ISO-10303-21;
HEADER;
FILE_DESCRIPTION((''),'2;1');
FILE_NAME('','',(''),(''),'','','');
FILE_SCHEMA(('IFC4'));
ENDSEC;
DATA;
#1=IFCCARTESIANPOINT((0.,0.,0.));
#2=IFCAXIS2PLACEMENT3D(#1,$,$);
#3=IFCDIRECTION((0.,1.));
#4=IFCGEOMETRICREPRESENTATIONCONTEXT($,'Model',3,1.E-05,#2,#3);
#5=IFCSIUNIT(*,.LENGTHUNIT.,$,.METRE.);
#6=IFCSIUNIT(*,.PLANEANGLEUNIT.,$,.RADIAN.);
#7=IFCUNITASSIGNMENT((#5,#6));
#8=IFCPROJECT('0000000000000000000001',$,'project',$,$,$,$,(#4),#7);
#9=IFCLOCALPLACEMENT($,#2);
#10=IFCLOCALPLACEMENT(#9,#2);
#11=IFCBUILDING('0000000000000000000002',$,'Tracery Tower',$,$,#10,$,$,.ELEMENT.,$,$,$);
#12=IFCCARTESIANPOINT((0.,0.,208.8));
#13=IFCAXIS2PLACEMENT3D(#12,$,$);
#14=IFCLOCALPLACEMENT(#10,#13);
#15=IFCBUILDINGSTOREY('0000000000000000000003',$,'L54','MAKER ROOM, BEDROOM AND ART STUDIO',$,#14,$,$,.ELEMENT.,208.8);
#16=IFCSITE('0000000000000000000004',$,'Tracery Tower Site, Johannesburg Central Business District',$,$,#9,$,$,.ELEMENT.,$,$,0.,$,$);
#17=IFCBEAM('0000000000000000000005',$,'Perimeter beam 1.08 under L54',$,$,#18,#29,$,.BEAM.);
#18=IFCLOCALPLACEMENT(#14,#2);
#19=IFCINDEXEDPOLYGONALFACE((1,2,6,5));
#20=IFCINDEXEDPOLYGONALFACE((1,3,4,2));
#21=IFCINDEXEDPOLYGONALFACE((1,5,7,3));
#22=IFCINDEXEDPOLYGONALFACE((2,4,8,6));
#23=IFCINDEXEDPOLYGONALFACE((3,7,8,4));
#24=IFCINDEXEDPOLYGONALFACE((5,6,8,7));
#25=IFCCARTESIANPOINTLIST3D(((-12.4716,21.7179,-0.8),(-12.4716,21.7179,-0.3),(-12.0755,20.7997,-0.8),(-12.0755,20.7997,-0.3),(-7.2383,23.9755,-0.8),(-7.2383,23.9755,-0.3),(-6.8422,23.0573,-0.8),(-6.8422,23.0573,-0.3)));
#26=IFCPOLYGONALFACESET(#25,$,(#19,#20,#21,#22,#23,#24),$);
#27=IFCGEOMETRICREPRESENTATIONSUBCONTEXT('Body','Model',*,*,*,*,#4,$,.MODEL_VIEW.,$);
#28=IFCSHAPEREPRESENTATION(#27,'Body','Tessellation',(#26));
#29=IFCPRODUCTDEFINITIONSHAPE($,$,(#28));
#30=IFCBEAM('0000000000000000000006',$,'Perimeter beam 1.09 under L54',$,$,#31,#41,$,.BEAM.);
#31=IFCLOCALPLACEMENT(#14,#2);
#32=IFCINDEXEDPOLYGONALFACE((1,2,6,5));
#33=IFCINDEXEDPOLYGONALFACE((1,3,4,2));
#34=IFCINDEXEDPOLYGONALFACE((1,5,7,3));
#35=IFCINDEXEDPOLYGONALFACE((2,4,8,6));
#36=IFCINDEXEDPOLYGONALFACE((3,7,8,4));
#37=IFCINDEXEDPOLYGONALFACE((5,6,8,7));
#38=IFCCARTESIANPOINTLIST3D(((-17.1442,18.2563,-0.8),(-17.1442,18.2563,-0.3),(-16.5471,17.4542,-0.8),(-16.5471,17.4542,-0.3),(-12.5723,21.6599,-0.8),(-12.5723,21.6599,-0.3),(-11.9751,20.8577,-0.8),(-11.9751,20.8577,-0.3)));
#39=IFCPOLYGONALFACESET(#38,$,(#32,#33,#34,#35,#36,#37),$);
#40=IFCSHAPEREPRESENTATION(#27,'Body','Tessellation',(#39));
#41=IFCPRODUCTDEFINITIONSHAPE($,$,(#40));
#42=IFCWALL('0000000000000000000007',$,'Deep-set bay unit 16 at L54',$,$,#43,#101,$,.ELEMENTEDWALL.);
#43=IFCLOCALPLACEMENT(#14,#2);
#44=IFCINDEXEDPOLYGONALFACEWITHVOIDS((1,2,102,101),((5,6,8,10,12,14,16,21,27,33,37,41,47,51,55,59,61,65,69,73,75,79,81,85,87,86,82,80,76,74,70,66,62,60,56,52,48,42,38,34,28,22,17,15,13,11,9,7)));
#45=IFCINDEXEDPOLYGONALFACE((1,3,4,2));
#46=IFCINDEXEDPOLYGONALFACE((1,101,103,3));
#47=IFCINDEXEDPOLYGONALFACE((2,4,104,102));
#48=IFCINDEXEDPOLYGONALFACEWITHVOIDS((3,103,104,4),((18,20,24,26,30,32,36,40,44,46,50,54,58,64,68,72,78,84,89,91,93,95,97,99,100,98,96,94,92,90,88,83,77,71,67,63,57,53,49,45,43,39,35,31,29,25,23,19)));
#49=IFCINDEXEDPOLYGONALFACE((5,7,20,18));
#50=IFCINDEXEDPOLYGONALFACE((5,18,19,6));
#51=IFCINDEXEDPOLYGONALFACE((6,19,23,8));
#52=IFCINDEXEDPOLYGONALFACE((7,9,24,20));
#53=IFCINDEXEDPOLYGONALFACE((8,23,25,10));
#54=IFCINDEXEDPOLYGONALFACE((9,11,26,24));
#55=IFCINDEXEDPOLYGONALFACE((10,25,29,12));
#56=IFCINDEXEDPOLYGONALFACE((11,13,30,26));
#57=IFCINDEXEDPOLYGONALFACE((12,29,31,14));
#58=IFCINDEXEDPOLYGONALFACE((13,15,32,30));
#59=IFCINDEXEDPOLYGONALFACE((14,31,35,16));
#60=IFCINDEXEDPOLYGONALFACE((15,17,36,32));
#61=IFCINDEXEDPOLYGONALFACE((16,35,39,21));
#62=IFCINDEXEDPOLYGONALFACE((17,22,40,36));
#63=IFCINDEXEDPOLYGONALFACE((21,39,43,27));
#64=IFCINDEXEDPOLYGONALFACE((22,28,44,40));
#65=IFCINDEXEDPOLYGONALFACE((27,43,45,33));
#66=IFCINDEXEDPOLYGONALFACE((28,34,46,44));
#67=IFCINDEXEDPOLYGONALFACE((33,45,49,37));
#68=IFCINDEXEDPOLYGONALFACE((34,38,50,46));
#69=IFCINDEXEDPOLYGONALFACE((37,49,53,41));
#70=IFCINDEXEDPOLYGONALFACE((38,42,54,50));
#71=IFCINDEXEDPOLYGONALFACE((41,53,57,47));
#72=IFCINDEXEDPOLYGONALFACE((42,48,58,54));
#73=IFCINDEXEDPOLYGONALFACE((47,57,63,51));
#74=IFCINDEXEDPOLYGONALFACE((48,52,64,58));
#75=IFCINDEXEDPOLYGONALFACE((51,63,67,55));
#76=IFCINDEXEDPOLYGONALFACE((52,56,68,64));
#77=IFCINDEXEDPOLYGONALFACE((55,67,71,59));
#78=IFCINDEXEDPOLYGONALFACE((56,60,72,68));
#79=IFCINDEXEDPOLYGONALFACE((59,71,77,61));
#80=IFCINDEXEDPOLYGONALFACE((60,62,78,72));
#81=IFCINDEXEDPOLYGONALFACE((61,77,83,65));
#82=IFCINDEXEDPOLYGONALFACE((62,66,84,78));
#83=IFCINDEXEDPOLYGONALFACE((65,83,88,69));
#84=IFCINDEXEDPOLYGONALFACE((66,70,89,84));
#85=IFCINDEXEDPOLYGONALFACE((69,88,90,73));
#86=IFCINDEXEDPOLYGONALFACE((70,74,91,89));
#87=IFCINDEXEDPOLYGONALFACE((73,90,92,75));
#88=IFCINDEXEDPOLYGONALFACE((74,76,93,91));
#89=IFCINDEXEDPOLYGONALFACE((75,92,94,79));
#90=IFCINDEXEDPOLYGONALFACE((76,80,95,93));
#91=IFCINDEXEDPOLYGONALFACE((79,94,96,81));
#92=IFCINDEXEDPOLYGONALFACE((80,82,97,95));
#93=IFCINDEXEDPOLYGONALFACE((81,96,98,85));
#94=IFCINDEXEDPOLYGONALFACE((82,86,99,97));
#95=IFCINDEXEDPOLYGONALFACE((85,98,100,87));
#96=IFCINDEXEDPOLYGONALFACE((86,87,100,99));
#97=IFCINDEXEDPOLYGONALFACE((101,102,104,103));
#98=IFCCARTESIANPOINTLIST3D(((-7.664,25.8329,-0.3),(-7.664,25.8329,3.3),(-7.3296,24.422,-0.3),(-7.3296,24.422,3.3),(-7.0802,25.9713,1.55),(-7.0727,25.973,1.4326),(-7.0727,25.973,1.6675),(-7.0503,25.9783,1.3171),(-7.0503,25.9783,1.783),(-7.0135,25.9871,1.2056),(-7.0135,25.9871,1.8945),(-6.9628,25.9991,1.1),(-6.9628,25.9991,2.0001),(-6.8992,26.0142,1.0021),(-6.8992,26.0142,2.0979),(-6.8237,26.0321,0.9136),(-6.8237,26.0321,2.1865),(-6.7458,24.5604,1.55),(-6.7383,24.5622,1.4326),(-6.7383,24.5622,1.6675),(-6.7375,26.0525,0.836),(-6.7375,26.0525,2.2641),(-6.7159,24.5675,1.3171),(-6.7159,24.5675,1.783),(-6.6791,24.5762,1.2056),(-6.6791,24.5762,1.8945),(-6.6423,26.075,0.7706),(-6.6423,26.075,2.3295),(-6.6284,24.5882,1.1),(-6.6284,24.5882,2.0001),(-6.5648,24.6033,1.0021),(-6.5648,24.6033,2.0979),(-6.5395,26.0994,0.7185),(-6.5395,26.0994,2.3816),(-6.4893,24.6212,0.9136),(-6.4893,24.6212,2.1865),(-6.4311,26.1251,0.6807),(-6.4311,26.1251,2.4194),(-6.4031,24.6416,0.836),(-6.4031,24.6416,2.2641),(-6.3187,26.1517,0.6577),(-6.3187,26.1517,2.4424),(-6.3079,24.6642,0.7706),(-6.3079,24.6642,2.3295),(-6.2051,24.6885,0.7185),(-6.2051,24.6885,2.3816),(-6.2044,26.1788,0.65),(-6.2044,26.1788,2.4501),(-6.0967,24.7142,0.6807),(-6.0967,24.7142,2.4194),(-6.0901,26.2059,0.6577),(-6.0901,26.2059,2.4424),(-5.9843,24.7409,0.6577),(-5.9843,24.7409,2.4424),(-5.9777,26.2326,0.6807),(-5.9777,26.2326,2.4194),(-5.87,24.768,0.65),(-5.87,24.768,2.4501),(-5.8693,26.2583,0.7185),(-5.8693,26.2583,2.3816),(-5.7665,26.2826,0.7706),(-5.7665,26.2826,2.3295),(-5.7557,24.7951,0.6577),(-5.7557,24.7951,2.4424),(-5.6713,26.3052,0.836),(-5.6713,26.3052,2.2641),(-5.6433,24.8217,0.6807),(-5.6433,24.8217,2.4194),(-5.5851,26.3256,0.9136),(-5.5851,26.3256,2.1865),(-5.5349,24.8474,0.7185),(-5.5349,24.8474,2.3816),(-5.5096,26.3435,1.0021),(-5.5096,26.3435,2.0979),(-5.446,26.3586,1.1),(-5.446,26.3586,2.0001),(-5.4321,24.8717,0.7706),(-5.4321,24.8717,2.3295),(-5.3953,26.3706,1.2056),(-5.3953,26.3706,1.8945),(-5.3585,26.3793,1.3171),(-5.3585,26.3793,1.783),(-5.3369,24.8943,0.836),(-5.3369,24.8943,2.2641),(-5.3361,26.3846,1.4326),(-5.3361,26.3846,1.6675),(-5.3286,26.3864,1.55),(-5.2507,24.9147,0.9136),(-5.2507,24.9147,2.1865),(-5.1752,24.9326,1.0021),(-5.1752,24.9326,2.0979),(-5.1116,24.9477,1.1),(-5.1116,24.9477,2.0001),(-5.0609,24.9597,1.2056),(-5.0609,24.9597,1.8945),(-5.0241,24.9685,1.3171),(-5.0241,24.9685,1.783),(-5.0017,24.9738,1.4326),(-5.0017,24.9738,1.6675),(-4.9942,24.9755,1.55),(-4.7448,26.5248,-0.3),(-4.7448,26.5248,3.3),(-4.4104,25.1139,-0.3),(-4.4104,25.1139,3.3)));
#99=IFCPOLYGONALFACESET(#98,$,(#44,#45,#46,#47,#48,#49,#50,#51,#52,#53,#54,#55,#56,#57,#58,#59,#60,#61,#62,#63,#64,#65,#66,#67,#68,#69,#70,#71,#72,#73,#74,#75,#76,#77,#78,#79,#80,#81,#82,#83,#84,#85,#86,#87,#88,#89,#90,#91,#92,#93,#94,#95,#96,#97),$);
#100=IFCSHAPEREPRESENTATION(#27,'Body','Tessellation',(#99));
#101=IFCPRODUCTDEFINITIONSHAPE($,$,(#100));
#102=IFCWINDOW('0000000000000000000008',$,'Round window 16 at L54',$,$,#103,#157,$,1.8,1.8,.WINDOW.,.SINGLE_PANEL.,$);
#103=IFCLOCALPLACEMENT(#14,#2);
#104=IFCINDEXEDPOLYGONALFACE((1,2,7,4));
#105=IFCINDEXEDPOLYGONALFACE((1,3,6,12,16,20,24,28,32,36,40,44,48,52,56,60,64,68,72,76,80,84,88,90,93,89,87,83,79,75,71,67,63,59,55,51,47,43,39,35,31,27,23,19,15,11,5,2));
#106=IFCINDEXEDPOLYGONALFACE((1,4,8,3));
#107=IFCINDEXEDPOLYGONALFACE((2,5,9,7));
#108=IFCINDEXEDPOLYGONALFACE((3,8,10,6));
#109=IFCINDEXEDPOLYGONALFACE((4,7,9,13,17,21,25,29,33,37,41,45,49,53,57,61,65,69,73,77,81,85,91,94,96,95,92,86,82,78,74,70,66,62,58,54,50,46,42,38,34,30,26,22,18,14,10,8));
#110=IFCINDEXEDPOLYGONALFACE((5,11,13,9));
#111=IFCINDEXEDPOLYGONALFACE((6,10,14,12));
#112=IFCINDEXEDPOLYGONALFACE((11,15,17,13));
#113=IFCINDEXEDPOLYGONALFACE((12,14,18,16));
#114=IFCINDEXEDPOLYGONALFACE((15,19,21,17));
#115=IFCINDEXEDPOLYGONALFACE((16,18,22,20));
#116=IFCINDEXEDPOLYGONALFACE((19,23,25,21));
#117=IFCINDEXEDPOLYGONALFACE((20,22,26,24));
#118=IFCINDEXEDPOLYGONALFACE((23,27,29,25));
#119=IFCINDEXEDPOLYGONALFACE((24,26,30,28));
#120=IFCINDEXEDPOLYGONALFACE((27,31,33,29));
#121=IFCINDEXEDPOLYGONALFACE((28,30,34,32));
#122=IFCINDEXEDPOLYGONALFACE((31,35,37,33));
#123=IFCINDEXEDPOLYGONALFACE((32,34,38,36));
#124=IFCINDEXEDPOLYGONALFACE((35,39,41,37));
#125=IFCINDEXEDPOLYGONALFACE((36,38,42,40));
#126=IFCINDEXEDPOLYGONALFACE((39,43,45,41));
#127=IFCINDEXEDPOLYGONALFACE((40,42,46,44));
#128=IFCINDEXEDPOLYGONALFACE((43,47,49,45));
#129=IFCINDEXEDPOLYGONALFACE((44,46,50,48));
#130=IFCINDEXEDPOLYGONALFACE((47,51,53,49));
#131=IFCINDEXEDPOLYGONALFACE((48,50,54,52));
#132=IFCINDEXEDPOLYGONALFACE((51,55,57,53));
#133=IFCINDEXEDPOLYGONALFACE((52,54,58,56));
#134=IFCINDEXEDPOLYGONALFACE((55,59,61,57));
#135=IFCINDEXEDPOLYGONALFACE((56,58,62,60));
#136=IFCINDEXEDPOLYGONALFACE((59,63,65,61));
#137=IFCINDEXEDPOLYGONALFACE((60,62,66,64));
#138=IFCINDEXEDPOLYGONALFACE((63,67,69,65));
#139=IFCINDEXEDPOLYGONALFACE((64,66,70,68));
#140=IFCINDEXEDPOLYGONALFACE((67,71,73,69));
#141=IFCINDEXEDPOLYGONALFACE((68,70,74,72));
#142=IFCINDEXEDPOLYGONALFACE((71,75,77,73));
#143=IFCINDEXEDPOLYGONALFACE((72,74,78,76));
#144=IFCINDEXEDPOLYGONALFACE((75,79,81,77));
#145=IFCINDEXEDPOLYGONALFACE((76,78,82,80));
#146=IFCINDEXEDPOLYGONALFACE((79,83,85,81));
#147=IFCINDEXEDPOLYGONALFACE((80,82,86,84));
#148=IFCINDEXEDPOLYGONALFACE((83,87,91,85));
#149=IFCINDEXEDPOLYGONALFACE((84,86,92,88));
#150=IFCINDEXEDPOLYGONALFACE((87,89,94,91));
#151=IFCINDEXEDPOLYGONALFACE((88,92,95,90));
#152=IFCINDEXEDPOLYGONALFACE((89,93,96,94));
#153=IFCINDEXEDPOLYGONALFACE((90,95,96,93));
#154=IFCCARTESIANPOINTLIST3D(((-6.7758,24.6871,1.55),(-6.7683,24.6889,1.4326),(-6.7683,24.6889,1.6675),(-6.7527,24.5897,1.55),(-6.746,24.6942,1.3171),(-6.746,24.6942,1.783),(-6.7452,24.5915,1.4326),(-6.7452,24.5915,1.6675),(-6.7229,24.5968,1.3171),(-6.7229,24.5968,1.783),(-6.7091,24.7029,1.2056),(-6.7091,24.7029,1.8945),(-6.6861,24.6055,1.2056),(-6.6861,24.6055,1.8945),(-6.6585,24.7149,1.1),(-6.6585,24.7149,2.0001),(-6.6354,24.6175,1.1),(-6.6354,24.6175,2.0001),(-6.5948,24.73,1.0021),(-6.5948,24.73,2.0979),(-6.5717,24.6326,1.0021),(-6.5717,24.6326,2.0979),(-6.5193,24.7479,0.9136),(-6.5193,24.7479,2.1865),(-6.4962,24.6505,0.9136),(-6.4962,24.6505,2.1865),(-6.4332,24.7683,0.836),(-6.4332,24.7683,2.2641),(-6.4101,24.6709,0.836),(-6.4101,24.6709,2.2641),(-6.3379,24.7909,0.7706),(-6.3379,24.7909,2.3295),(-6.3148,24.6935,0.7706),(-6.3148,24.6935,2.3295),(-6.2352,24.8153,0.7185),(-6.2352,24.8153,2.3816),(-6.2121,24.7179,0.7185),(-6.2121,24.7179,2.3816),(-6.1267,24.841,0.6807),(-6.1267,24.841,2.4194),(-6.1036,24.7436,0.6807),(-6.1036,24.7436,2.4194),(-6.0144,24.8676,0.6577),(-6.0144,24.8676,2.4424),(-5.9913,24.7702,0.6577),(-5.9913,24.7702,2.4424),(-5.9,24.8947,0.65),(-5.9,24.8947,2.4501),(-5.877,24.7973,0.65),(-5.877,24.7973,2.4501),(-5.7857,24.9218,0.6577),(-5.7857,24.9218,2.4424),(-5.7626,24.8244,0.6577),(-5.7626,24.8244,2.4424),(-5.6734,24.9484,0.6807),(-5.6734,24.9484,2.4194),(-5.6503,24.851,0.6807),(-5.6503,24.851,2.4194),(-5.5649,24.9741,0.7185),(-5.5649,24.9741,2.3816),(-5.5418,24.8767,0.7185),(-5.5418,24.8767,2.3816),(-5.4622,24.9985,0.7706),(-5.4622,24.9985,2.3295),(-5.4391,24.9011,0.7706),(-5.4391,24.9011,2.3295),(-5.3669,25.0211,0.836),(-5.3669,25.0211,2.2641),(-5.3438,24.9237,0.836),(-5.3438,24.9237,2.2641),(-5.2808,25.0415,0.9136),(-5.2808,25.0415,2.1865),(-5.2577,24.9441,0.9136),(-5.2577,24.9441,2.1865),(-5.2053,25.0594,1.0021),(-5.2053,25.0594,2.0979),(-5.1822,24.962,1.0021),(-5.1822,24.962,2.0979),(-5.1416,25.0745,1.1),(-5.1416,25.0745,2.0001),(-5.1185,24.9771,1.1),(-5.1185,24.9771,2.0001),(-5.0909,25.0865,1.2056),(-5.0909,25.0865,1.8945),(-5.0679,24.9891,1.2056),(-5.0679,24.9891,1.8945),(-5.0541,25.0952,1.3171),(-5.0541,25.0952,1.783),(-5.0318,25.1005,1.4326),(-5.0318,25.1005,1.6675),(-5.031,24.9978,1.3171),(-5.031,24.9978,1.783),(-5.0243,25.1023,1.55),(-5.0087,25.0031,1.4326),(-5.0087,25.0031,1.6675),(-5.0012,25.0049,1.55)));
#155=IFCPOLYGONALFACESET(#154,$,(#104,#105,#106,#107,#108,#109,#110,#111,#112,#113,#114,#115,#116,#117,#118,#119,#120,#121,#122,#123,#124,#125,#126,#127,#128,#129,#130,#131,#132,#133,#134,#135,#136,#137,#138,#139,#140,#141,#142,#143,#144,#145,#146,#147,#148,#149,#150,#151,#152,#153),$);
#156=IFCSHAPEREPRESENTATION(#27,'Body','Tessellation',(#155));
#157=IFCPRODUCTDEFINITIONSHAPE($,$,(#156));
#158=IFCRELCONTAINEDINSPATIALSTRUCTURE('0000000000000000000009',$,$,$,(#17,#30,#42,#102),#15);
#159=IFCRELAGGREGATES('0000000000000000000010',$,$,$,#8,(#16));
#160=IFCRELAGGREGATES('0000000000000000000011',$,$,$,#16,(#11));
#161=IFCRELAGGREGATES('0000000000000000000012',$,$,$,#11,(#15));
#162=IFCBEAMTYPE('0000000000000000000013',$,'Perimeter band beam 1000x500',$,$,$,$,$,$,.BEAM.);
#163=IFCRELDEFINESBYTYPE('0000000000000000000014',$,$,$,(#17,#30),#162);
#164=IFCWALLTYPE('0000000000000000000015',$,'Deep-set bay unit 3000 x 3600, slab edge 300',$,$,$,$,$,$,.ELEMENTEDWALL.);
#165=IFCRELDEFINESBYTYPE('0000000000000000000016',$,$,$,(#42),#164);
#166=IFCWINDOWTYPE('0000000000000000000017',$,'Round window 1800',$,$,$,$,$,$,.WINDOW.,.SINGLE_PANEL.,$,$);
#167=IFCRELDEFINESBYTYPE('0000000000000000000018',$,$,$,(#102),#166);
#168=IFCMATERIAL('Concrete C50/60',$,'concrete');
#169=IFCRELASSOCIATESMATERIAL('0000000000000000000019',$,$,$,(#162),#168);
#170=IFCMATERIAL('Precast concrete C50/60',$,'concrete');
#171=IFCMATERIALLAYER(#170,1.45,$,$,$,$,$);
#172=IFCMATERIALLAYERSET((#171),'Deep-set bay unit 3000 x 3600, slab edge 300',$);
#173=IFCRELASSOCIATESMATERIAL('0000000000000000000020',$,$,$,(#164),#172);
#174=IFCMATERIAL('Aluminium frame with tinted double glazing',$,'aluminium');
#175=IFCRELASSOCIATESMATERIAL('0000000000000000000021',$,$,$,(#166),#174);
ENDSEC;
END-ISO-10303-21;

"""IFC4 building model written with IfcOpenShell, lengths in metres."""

from ifc_helpers import new_model, si_unit, direction, frame, frame_2d, origin, origin_2d, place, context, subcontext, project, spatial, rectangle, circle, extrude, material, layer, layer_set, material_profile, profile_set, type_object, element, fill, save


model = new_model("IFC4")

# Units and contexts
model_context = context("Model", 3, precision=1e-05, world=origin(), true_north=direction((0.0, 1.0)))
body_context = subcontext(model_context, "Body", "Model", "MODEL_VIEW")
ifc_project = project(units=[si_unit("LENGTHUNIT", "METRE"), si_unit("PLANEANGLEUNIT", "RADIAN")], contexts=[model_context])

# Site, building, storey
site_placement = place(None, origin())
site = spatial("IfcSite", under=ifc_project, at=site_placement, Name="Tracery Tower Site, Johannesburg Central Business District", CompositionType="ELEMENT", RefElevation=0.0)
building_placement = place(site_placement, origin())
building = spatial("IfcBuilding", under=site, at=building_placement, Name="Tracery Tower", CompositionType="ELEMENT")
storey_placement = place(building_placement, frame((0.0, 0.0, 208.8)))
storey = spatial("IfcBuildingStorey", under=building, at=storey_placement, Name="L54", Description="MAKER ROOM, BEDROOM AND ART STUDIO", CompositionType="ELEMENT", Elevation=208.8)

# Beams
ifc_material_1 = material(Name="Concrete C50/60", Category="concrete")
ifc_material_profile_1 = material_profile(ifc_material_1, rectangle(XDim=1.0, YDim=0.5, at=origin_2d()), Name="RC 1000x500")
ifc_profile_set_1 = profile_set([ifc_material_profile_1], Name="Concrete C50/60")
beam_type = type_object("IfcBeamType", Name="Perimeter band beam 1000x500", PredefinedType="BEAM", material=ifc_profile_set_1)
beam_1_placement = place(storey_placement, frame((-7.0403, 23.5164, -0.55), z_axis=(-0.91821, -0.396095, 0.0), x_axis=(0.396095, -0.91821, 0.0)))
element("IfcBeam", 1, at=beam_1_placement, inside=storey, type_object=beam_type, Name="Perimeter beam 1.08 under L54", PredefinedType="BEAM", context=body_context, shape_type="SweptSolid", body=[
    extrude(rectangle(XDim=1.0, YDim=0.5, at=origin_2d()), origin(), (0.0, 0.0, 1.0), 5.6995),
])
beam_2_placement = place(storey_placement, frame((-12.2737, 21.2588, -0.55), z_axis=(-0.802138, -0.597138, 0.0), x_axis=(0.597138, -0.802138, 0.0)))
element("IfcBeam", 2, at=beam_2_placement, inside=storey, type_object=beam_type, Name="Perimeter beam 1.09 under L54", PredefinedType="BEAM", context=body_context, shape_type="SweptSolid", body=[
    extrude(rectangle(XDim=1.0, YDim=0.5, at=origin_2d()), origin(), (0.0, 0.0, 1.0), 5.6997),
])

# Wall, opening, window
ifc_material_2 = material(Name="Precast concrete C50/60", Category="concrete")
ifc_layer_1 = layer(ifc_material_2, 1.45)
ifc_layer_set_1 = layer_set([ifc_layer_1], Name="Deep-set bay unit 3000 x 3600, slab edge 300")
wall_type_1 = type_object("IfcWallType", Name="Deep-set bay unit 3000 x 3600, slab edge 300", PredefinedType="ELEMENTEDWALL", material=ifc_layer_set_1)
wall_1_placement = place(storey_placement, frame((-4.5776, 25.8193, -0.3), z_axis=(0.0, 0.0, 1.0), x_axis=(-0.973042, -0.230627, 0.0)))
wall_1 = element("IfcWall", 3, at=wall_1_placement, inside=storey, type_object=wall_type_1, Name="Deep-set bay unit 16 at L54", PredefinedType="ELEMENTEDWALL", context=body_context, shape_type="SweptSolid", body=[
    extrude(rectangle(XDim=3.0, YDim=1.45, at=frame_2d((1.5, 0.0))), origin(), (0.0, 0.0, 1.0), 3.6001),
])
opening_1_placement = place(wall_1_placement, frame((1.5, 0.0, 1.8501)))
opening_1 = element("IfcOpeningElement", 4, at=opening_1_placement, cuts=wall_1, PredefinedType="OPENING", context=body_context, shape_type="SweptSolid", body=[
    extrude(circle(Radius=0.9, at=origin_2d()), frame((0.0, 0.7349, 0.0), z_axis=(0.0, -1.0, 0.0), x_axis=(1.0, 0.0, 0.0)), (0.0, 0.0, 1.0), 1.47),
])
ifc_material_3 = material(Name="Aluminium frame with tinted double glazing", Category="aluminium")
window_type = type_object("IfcWindowType", Name="Round window 1800", PartitioningType="SINGLE_PANEL", PredefinedType="WINDOW", material=ifc_material_3)
window_1_placement = place(opening_1_placement, origin())
window_1 = element("IfcWindow", 5, at=window_1_placement, inside=storey, type_object=window_type, Name="Round window 16 at L54", OverallHeight=1.8, OverallWidth=1.8, PartitioningType="SINGLE_PANEL", PredefinedType="WINDOW", context=body_context, shape_type="SweptSolid", body=[
    extrude(circle(Radius=0.9, at=origin_2d()), frame((0.0, 0.6948, 0.0), z_axis=(0.0, -1.0, 0.0), x_axis=(1.0, 0.0, 0.0)), (0.0, 0.0, 1.0), 0.1001),
])
fill(opening_1, window_1)

save(model, "model.ifc")
